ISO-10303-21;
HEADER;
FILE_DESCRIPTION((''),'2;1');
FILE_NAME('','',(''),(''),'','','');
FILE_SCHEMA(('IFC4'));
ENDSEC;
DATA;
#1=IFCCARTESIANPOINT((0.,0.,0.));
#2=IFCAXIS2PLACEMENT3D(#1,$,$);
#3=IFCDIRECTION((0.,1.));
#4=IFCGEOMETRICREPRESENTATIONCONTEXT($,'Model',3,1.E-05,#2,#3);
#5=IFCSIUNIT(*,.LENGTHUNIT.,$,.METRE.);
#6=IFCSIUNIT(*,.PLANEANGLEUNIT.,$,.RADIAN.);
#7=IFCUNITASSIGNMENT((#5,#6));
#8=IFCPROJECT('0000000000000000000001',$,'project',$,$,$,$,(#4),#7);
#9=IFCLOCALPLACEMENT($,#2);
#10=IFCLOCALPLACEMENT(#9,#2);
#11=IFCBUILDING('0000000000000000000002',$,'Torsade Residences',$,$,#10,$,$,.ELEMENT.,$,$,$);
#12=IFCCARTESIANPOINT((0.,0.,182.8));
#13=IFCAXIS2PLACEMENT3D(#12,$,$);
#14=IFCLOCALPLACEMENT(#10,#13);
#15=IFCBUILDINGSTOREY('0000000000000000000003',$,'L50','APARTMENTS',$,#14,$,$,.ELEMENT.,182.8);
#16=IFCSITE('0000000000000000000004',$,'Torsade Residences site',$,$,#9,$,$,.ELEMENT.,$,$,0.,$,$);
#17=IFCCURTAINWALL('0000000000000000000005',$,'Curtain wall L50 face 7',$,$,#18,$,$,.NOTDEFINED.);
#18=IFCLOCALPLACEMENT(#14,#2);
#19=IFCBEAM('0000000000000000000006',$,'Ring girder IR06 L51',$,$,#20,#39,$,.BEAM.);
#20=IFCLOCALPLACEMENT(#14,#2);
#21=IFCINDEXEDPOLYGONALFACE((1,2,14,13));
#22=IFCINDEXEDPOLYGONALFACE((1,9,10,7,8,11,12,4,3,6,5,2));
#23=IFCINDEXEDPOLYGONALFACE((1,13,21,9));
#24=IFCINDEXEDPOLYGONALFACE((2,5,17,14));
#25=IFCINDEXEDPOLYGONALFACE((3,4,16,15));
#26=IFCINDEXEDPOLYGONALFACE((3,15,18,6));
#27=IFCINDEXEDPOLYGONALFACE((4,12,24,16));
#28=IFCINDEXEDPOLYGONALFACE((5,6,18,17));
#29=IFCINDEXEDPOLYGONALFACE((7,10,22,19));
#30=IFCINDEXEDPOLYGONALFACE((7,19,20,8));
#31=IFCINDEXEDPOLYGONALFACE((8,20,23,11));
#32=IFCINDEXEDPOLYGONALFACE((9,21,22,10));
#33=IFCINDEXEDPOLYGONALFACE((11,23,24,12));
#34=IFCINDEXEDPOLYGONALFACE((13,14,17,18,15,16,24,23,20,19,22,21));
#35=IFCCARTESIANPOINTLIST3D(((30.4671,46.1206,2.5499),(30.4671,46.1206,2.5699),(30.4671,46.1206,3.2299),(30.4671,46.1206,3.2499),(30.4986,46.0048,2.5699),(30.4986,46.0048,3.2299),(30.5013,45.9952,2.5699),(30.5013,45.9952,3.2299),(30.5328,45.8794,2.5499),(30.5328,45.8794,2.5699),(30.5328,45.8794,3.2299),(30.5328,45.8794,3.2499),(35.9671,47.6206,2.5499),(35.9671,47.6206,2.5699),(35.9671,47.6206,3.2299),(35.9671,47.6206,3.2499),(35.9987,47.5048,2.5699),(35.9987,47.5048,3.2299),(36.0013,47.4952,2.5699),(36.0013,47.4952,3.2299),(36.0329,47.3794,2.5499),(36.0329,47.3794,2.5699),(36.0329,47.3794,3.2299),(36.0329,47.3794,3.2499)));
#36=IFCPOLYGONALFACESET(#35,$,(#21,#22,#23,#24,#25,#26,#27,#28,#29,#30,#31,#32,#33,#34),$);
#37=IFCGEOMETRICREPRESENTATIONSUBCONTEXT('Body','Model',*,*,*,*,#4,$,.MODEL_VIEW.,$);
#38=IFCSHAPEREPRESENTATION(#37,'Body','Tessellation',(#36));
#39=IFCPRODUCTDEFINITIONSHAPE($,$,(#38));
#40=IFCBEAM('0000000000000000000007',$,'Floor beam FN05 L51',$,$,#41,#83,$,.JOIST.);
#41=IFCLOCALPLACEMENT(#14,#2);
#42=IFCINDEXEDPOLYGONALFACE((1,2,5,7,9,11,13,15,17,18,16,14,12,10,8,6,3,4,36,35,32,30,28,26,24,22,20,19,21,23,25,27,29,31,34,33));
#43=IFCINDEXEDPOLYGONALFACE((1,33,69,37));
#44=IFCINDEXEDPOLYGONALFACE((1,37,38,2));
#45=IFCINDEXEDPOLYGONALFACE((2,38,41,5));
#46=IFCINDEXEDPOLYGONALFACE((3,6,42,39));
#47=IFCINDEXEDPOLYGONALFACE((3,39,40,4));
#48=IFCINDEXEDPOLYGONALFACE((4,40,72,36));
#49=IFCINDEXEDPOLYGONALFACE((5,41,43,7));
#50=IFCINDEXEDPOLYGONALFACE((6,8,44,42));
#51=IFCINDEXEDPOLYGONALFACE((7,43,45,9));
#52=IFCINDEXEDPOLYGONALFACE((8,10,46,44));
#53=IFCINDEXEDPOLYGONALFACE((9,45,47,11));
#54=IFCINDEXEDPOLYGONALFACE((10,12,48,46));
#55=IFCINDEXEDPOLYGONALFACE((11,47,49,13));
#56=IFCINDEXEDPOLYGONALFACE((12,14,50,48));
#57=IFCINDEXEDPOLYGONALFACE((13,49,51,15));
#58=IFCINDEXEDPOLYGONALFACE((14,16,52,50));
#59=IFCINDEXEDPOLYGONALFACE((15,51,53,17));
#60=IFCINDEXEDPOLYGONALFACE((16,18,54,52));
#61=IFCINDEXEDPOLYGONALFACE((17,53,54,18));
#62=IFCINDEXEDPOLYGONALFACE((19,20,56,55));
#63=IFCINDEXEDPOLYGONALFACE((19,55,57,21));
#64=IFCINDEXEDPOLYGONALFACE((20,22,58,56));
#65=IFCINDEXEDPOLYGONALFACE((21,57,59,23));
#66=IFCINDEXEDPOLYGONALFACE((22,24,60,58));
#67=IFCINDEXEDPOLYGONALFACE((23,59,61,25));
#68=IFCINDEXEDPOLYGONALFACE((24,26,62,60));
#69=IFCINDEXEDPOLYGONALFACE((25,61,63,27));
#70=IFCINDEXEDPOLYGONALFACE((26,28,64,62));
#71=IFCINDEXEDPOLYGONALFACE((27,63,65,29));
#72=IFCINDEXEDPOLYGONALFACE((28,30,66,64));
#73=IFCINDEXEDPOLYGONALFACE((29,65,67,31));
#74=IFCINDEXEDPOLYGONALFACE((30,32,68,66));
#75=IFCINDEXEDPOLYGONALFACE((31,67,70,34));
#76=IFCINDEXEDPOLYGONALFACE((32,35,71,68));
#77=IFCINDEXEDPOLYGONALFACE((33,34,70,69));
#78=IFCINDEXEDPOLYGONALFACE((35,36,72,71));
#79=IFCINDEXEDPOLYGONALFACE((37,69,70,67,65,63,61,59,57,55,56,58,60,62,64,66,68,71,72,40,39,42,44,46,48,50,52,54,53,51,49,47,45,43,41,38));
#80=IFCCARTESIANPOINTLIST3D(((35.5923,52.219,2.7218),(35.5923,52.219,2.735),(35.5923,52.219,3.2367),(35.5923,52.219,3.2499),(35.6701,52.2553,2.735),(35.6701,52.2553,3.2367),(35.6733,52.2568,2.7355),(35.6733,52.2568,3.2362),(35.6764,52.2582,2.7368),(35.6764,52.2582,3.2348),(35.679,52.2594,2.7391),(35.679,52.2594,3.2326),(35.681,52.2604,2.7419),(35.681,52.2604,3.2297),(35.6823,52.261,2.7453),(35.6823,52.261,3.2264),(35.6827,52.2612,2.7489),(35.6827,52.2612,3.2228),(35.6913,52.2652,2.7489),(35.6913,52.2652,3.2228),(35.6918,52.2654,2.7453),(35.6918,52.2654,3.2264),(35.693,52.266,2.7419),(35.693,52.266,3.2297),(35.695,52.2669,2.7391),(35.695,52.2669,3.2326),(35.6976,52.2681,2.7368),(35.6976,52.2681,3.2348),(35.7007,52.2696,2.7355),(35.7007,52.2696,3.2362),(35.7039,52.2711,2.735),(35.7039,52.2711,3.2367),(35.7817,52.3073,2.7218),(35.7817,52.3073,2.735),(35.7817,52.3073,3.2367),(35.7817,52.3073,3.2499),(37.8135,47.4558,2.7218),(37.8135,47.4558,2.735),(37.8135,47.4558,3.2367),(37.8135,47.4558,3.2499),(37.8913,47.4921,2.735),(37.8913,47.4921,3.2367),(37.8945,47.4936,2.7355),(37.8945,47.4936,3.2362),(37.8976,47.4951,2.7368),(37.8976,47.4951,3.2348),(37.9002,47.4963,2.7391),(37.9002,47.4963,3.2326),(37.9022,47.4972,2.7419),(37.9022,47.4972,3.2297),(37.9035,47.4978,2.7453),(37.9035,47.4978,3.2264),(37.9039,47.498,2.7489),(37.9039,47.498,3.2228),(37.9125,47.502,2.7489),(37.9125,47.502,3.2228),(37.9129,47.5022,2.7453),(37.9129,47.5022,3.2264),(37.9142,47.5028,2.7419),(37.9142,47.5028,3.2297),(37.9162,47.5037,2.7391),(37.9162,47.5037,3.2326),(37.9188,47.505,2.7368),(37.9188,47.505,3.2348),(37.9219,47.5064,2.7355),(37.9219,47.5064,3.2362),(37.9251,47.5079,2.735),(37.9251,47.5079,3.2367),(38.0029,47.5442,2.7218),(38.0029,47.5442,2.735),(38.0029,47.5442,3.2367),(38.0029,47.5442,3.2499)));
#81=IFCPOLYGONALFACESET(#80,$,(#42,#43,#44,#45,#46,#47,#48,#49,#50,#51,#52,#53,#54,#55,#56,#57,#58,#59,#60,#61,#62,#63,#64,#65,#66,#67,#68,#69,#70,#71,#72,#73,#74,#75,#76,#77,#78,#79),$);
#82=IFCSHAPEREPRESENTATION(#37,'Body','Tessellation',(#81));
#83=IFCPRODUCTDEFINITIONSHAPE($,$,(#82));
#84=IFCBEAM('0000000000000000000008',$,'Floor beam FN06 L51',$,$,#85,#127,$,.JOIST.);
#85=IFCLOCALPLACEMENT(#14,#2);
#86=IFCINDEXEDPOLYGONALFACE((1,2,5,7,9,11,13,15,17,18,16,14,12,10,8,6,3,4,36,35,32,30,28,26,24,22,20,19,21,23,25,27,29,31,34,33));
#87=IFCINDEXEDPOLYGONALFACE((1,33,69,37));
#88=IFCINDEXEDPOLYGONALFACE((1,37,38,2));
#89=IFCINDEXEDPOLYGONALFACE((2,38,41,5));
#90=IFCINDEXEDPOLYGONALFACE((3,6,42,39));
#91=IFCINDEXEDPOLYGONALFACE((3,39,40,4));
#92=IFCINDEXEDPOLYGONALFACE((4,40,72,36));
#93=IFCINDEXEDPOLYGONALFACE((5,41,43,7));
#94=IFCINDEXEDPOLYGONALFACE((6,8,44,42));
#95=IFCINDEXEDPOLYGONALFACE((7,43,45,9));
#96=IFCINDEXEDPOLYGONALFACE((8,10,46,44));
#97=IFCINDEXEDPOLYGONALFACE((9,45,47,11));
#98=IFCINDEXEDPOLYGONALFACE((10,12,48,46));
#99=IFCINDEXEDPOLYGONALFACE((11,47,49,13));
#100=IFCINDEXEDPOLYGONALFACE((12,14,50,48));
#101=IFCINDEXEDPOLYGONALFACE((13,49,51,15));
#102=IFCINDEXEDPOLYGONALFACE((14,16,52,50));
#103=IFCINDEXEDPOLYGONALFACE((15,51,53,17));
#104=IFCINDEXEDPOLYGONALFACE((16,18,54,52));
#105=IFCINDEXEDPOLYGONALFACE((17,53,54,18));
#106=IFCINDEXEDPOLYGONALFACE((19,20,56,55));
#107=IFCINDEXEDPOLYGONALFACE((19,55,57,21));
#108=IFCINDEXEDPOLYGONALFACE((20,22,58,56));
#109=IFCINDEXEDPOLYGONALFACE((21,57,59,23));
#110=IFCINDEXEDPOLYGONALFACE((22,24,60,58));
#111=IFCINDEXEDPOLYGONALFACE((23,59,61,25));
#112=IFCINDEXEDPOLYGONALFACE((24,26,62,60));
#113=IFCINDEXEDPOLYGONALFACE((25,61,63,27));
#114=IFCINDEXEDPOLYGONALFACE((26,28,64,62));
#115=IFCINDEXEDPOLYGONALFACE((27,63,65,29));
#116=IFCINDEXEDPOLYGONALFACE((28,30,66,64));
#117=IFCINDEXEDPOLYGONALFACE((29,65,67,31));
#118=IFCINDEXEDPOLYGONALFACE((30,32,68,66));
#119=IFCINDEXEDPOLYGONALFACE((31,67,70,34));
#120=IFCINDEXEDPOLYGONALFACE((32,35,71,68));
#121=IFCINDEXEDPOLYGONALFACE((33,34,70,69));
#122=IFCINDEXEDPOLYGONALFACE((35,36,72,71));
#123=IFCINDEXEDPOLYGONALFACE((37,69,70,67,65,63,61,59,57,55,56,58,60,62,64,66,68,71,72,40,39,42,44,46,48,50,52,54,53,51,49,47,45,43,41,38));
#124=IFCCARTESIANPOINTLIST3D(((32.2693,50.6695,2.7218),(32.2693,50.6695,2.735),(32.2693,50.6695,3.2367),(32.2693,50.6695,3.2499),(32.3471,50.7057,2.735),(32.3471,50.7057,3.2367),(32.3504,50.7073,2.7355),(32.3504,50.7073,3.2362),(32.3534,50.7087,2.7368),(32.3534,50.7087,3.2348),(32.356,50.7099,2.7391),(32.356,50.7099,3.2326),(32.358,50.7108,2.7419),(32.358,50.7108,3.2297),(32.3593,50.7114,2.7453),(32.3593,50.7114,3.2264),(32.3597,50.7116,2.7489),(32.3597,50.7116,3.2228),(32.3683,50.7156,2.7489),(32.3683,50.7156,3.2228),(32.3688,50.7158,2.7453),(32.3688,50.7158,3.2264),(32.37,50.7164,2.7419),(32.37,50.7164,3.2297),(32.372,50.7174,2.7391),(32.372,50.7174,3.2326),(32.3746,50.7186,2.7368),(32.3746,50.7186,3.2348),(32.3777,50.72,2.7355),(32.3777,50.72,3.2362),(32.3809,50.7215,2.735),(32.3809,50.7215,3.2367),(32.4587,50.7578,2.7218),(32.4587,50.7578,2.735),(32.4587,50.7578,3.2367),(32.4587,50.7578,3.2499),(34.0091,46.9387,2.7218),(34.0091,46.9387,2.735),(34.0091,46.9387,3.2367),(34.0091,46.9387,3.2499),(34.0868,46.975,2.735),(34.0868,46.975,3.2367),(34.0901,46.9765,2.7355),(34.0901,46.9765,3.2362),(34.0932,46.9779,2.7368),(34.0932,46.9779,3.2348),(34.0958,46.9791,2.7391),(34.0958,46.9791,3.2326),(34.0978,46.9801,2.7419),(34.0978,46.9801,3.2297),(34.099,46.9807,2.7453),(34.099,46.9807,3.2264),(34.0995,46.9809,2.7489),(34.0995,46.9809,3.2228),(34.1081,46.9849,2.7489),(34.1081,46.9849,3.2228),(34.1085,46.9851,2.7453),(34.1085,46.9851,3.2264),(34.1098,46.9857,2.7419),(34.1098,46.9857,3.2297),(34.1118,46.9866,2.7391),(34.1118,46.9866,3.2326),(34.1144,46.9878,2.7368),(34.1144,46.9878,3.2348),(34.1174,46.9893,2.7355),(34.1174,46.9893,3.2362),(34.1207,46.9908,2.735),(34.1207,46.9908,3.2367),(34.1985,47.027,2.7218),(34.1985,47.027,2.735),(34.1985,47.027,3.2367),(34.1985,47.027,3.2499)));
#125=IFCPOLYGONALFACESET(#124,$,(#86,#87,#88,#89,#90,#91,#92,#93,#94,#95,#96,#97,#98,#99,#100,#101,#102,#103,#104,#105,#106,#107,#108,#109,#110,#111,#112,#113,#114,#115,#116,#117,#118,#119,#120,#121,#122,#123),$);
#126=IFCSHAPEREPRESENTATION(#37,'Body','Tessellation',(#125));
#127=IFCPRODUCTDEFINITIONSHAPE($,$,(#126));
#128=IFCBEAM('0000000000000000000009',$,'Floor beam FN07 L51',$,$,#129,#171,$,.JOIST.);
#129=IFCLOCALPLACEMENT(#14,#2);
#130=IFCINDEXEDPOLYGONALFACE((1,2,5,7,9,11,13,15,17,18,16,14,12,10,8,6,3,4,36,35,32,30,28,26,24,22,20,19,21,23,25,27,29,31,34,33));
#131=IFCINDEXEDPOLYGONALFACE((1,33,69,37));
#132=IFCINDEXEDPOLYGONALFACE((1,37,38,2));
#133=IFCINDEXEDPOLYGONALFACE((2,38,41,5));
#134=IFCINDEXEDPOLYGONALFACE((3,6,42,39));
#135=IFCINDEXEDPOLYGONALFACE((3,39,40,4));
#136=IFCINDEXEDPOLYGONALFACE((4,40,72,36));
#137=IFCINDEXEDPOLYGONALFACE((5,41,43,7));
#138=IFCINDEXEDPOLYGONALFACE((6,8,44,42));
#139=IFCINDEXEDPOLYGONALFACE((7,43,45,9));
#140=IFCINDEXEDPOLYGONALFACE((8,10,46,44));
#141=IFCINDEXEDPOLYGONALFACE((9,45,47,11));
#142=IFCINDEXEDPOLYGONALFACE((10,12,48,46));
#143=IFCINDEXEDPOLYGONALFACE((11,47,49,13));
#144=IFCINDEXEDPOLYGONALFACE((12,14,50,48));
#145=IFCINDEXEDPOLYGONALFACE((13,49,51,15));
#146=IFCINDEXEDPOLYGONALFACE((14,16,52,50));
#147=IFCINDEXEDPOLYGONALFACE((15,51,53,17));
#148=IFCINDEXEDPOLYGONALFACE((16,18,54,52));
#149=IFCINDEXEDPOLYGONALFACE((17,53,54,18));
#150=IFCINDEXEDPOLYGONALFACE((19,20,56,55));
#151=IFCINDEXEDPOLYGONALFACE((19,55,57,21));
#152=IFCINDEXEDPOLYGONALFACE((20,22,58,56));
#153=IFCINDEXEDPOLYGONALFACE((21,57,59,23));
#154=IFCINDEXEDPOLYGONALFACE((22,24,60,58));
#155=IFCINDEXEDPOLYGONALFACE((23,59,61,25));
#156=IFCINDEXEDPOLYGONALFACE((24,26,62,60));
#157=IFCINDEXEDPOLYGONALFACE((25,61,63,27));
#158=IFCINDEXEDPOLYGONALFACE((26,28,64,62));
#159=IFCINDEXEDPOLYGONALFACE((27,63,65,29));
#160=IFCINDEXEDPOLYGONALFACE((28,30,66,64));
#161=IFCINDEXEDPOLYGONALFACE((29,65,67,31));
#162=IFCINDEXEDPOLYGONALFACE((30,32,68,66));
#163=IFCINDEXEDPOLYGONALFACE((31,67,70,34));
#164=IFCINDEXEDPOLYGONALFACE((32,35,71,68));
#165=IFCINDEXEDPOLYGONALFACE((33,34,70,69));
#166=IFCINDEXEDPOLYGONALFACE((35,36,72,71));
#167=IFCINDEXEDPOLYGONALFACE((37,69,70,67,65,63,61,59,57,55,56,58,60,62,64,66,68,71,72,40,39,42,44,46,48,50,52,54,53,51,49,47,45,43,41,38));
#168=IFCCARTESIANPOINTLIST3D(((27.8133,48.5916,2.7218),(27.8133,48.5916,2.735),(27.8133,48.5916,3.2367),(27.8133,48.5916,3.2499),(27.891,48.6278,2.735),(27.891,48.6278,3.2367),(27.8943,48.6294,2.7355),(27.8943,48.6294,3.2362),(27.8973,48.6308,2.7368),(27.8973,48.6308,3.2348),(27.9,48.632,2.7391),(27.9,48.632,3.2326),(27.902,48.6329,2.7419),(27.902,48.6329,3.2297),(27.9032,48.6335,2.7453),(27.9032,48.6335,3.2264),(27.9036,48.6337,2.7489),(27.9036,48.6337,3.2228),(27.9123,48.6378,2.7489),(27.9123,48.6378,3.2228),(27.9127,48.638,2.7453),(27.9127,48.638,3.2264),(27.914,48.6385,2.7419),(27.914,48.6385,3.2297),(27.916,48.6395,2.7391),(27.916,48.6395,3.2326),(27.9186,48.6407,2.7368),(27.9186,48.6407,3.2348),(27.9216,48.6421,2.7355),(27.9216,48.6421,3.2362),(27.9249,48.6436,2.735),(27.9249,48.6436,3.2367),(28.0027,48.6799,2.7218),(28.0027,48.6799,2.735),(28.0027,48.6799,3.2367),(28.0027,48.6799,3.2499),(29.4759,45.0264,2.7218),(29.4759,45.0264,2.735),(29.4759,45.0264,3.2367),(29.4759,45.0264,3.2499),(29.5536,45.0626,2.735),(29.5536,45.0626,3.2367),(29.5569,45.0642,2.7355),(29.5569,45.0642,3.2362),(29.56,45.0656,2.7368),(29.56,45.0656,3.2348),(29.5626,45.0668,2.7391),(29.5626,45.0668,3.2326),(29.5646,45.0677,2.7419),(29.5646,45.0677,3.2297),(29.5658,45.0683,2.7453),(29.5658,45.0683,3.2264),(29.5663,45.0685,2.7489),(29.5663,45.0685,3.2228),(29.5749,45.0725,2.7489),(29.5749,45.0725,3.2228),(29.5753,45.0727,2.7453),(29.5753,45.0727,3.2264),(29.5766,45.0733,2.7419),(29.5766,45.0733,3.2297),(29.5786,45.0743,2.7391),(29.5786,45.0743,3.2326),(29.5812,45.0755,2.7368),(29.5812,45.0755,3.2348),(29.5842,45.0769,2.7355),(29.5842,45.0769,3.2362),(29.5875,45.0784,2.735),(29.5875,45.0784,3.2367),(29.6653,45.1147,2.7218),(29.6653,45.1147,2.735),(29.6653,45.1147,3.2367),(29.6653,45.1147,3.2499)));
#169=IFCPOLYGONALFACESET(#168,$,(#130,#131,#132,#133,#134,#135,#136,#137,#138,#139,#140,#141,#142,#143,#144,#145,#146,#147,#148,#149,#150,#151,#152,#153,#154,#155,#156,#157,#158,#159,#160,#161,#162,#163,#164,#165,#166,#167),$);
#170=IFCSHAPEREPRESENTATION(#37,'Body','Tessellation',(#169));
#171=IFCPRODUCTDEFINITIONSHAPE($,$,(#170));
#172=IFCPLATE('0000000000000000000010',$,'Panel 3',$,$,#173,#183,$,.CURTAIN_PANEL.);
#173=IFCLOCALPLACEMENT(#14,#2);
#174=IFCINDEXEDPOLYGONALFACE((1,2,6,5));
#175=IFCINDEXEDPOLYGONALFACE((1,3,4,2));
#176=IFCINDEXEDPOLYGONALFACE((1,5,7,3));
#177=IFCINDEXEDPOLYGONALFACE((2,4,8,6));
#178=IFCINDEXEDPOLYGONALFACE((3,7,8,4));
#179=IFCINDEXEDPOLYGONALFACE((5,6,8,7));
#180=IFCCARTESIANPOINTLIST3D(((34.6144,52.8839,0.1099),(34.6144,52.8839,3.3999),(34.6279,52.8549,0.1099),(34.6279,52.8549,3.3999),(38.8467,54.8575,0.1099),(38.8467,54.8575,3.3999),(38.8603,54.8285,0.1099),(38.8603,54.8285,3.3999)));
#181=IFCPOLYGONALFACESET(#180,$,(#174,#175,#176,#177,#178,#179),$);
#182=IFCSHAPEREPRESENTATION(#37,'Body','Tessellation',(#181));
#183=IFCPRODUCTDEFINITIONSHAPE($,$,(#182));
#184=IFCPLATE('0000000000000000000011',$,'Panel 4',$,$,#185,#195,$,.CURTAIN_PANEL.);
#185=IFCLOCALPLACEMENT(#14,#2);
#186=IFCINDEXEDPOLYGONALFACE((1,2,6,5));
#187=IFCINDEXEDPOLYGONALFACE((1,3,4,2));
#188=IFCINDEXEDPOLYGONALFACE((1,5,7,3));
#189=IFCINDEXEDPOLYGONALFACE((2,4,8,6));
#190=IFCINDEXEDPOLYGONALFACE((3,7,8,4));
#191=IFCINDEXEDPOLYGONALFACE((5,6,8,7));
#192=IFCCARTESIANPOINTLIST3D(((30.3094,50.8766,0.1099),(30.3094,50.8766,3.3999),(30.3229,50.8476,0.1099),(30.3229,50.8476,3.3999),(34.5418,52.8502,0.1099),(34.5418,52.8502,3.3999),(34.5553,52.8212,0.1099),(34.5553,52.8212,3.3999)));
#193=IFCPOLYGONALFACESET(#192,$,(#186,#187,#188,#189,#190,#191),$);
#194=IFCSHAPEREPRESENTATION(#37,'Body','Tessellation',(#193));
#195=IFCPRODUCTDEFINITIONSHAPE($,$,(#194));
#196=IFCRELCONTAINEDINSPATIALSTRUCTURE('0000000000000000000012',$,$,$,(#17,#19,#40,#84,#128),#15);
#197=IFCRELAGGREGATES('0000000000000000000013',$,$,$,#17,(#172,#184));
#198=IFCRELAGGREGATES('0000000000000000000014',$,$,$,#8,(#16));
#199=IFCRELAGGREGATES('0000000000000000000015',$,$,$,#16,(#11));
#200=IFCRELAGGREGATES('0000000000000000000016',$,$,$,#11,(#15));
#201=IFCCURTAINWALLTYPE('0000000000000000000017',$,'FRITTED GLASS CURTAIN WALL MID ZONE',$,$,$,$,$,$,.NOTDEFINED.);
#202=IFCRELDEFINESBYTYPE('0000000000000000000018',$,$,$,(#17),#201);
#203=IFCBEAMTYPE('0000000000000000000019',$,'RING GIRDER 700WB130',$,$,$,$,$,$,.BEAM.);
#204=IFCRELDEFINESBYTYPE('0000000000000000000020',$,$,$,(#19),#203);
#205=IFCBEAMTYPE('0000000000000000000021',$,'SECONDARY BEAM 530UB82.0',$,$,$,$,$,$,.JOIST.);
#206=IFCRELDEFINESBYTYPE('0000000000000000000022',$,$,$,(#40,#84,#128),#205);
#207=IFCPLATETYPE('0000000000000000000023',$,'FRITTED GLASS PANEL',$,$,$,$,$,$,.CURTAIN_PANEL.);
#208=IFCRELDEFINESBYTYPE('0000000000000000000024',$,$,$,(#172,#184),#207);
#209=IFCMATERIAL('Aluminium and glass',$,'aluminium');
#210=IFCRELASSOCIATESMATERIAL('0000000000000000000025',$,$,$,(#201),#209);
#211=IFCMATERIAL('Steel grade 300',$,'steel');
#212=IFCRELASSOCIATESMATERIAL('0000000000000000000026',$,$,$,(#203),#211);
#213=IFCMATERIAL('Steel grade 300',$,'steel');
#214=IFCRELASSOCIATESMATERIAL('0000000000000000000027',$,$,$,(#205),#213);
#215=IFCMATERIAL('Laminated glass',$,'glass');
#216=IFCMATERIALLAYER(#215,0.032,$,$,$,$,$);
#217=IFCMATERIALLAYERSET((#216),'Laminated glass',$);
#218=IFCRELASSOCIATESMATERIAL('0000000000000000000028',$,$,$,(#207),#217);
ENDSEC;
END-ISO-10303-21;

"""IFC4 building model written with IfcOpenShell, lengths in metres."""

from ifc_helpers import new_model, si_unit, direction, frame, origin, origin_2d, place, context, subcontext, project, spatial, rectangle, i_section, extrude, material, layer, layer_set, material_profile, profile_set, type_object, element, aggregate, save


model = new_model("IFC4")

# Units and contexts
model_context = context("Model", 3, precision=1e-05, world=origin(), true_north=direction((0.0, 1.0)))
body_context = subcontext(model_context, "Body", "Model", "MODEL_VIEW")
ifc_project = project(units=[si_unit("LENGTHUNIT", "METRE"), si_unit("PLANEANGLEUNIT", "RADIAN")], contexts=[model_context])

# Site, building, storey
site_placement = place(None, origin())
site = spatial("IfcSite", under=ifc_project, at=site_placement, Name="Torsade Residences site", CompositionType="ELEMENT", RefElevation=0.0)
building_placement = place(site_placement, origin())
building = spatial("IfcBuilding", under=site, at=building_placement, Name="Torsade Residences", CompositionType="ELEMENT")
storey_placement = place(building_placement, frame((0.0, 0.0, 182.8)))
storey = spatial("IfcBuildingStorey", under=building, at=storey_placement, Name="L50", Description="APARTMENTS", CompositionType="ELEMENT", Elevation=182.8)

# Curtain wall
ifc_material_1 = material(Name="Aluminium and glass", Category="aluminium")
curtain_wall_type = type_object("IfcCurtainWallType", Name="FRITTED GLASS CURTAIN WALL MID ZONE", PredefinedType="NOTDEFINED", material=ifc_material_1)
curtain_wall_placement = place(storey_placement, origin())
curtain_wall = element("IfcCurtainWall", 1, at=curtain_wall_placement, inside=storey, type_object=curtain_wall_type, Name="Curtain wall L50 face 7", PredefinedType="NOTDEFINED")

# Beams
ifc_material_2 = material(Name="Steel grade 300", Category="steel")
ifc_material_profile_1 = material_profile(ifc_material_2, i_section(OverallWidth=0.25, OverallDepth=0.7, WebThickness=0.01, FlangeThickness=0.02, at=origin_2d()), Name="700WB130")
ifc_profile_set_1 = profile_set([ifc_material_profile_1], Name="Steel grade 300")
beam_type_1 = type_object("IfcBeamType", Name="RING GIRDER 700WB130", PredefinedType="BEAM", material=ifc_profile_set_1)
beam_1_placement = place(storey_placement, frame((36.0, 47.5, 2.8999), z_axis=(-0.964764, -0.263117, 0.0), x_axis=(0.263117, -0.964764, 0.0)))
element("IfcBeam", 2, at=beam_1_placement, inside=storey, type_object=beam_type_1, Name="Ring girder IR06 L51", PredefinedType="BEAM", context=body_context, shape_type="SweptSolid", body=[
    extrude(i_section(OverallWidth=0.25, OverallDepth=0.7, WebThickness=0.01, FlangeThickness=0.02, at=origin_2d()), origin(), (0.0, 0.0, 1.0), 5.7009),
])
ifc_material_3 = material(Name="Steel grade 300", Category="steel")
ifc_material_profile_2 = material_profile(ifc_material_3, i_section(OverallWidth=0.209, OverallDepth=0.5281, WebThickness=0.0095, FlangeThickness=0.0132, FilletRadius=0.0139, at=origin_2d()), Name="530UB82.0")
ifc_profile_set_2 = profile_set([ifc_material_profile_2], Name="Steel grade 300")
beam_type_2 = type_object("IfcBeamType", Name="SECONDARY BEAM 530UB82.0", PredefinedType="JOIST", material=ifc_profile_set_2)
beam_2_placement = place(storey_placement, frame((35.687, 52.2632, 2.9858), z_axis=(0.422631, -0.906302, 0.0), x_axis=(0.906302, 0.422631, 0.0)))
element("IfcBeam", 3, at=beam_2_placement, inside=storey, type_object=beam_type_2, Name="Floor beam FN05 L51", PredefinedType="JOIST", context=body_context, shape_type="SweptSolid", body=[
    extrude(i_section(OverallWidth=0.209, OverallDepth=0.5281, WebThickness=0.0095, FlangeThickness=0.0132, FilletRadius=0.0139, at=origin_2d()), origin(), (0.0, 0.0, 1.0), 5.2556),
])
beam_3_placement = place(storey_placement, frame((32.364, 50.7136, 2.9858), z_axis=(0.422635, -0.9063, 0.0), x_axis=(0.9063, 0.422635, 0.0)))
element("IfcBeam", 4, at=beam_3_placement, inside=storey, type_object=beam_type_2, Name="Floor beam FN06 L51", PredefinedType="JOIST", context=body_context, shape_type="SweptSolid", body=[
    extrude(i_section(OverallWidth=0.209, OverallDepth=0.5281, WebThickness=0.0095, FlangeThickness=0.0132, FilletRadius=0.0139, at=origin_2d()), origin(), (0.0, 0.0, 1.0), 4.1165),
])
beam_4_placement = place(storey_placement, frame((27.908, 48.6357, 2.9858), z_axis=(0.422644, -0.906296, 0.0), x_axis=(0.906296, 0.422644, 0.0)))
element("IfcBeam", 5, at=beam_4_placement, inside=storey, type_object=beam_type_2, Name="Floor beam FN07 L51", PredefinedType="JOIST", context=body_context, shape_type="SweptSolid", body=[
    extrude(i_section(OverallWidth=0.209, OverallDepth=0.5281, WebThickness=0.0095, FlangeThickness=0.0132, FilletRadius=0.0139, at=origin_2d()), origin(), (0.0, 0.0, 1.0), 3.9338),
])

# Plates
ifc_material_4 = material(Name="Laminated glass", Category="glass")
ifc_layer_1 = layer(ifc_material_4, 0.032)
ifc_layer_set_1 = layer_set([ifc_layer_1], Name="Laminated glass")
plate_type = type_object("IfcPlateType", Name="FRITTED GLASS PANEL", PredefinedType="CURTAIN_PANEL", material=ifc_layer_set_1)
plate_1_placement = place(storey_placement, frame((36.7373, 53.8562, 0.1099), z_axis=(0.0, 0.0, 1.0), x_axis=(-0.906308, -0.422618, 0.0)))
plate_1 = element("IfcPlate", 6, at=plate_1_placement, type_object=plate_type, Name="Panel 3", PredefinedType="CURTAIN_PANEL", context=body_context, shape_type="SweptSolid", body=[
    extrude(rectangle(XDim=4.6699, YDim=0.032, at=origin_2d()), origin(), (0.0, 0.0, 1.0), 3.29),
])
plate_2_placement = place(storey_placement, frame((32.4324, 51.8489, 0.1099), z_axis=(0.0, 0.0, 1.0), x_axis=(-0.906308, -0.422618, 0.0)))
plate_2 = element("IfcPlate", 7, at=plate_2_placement, type_object=plate_type, Name="Panel 4", PredefinedType="CURTAIN_PANEL", context=body_context, shape_type="SweptSolid", body=[
    extrude(rectangle(XDim=4.6699, YDim=0.032, at=origin_2d()), origin(), (0.0, 0.0, 1.0), 3.29),
])
aggregate(curtain_wall, [plate_1, plate_2])

save(model, "model.ifc")
